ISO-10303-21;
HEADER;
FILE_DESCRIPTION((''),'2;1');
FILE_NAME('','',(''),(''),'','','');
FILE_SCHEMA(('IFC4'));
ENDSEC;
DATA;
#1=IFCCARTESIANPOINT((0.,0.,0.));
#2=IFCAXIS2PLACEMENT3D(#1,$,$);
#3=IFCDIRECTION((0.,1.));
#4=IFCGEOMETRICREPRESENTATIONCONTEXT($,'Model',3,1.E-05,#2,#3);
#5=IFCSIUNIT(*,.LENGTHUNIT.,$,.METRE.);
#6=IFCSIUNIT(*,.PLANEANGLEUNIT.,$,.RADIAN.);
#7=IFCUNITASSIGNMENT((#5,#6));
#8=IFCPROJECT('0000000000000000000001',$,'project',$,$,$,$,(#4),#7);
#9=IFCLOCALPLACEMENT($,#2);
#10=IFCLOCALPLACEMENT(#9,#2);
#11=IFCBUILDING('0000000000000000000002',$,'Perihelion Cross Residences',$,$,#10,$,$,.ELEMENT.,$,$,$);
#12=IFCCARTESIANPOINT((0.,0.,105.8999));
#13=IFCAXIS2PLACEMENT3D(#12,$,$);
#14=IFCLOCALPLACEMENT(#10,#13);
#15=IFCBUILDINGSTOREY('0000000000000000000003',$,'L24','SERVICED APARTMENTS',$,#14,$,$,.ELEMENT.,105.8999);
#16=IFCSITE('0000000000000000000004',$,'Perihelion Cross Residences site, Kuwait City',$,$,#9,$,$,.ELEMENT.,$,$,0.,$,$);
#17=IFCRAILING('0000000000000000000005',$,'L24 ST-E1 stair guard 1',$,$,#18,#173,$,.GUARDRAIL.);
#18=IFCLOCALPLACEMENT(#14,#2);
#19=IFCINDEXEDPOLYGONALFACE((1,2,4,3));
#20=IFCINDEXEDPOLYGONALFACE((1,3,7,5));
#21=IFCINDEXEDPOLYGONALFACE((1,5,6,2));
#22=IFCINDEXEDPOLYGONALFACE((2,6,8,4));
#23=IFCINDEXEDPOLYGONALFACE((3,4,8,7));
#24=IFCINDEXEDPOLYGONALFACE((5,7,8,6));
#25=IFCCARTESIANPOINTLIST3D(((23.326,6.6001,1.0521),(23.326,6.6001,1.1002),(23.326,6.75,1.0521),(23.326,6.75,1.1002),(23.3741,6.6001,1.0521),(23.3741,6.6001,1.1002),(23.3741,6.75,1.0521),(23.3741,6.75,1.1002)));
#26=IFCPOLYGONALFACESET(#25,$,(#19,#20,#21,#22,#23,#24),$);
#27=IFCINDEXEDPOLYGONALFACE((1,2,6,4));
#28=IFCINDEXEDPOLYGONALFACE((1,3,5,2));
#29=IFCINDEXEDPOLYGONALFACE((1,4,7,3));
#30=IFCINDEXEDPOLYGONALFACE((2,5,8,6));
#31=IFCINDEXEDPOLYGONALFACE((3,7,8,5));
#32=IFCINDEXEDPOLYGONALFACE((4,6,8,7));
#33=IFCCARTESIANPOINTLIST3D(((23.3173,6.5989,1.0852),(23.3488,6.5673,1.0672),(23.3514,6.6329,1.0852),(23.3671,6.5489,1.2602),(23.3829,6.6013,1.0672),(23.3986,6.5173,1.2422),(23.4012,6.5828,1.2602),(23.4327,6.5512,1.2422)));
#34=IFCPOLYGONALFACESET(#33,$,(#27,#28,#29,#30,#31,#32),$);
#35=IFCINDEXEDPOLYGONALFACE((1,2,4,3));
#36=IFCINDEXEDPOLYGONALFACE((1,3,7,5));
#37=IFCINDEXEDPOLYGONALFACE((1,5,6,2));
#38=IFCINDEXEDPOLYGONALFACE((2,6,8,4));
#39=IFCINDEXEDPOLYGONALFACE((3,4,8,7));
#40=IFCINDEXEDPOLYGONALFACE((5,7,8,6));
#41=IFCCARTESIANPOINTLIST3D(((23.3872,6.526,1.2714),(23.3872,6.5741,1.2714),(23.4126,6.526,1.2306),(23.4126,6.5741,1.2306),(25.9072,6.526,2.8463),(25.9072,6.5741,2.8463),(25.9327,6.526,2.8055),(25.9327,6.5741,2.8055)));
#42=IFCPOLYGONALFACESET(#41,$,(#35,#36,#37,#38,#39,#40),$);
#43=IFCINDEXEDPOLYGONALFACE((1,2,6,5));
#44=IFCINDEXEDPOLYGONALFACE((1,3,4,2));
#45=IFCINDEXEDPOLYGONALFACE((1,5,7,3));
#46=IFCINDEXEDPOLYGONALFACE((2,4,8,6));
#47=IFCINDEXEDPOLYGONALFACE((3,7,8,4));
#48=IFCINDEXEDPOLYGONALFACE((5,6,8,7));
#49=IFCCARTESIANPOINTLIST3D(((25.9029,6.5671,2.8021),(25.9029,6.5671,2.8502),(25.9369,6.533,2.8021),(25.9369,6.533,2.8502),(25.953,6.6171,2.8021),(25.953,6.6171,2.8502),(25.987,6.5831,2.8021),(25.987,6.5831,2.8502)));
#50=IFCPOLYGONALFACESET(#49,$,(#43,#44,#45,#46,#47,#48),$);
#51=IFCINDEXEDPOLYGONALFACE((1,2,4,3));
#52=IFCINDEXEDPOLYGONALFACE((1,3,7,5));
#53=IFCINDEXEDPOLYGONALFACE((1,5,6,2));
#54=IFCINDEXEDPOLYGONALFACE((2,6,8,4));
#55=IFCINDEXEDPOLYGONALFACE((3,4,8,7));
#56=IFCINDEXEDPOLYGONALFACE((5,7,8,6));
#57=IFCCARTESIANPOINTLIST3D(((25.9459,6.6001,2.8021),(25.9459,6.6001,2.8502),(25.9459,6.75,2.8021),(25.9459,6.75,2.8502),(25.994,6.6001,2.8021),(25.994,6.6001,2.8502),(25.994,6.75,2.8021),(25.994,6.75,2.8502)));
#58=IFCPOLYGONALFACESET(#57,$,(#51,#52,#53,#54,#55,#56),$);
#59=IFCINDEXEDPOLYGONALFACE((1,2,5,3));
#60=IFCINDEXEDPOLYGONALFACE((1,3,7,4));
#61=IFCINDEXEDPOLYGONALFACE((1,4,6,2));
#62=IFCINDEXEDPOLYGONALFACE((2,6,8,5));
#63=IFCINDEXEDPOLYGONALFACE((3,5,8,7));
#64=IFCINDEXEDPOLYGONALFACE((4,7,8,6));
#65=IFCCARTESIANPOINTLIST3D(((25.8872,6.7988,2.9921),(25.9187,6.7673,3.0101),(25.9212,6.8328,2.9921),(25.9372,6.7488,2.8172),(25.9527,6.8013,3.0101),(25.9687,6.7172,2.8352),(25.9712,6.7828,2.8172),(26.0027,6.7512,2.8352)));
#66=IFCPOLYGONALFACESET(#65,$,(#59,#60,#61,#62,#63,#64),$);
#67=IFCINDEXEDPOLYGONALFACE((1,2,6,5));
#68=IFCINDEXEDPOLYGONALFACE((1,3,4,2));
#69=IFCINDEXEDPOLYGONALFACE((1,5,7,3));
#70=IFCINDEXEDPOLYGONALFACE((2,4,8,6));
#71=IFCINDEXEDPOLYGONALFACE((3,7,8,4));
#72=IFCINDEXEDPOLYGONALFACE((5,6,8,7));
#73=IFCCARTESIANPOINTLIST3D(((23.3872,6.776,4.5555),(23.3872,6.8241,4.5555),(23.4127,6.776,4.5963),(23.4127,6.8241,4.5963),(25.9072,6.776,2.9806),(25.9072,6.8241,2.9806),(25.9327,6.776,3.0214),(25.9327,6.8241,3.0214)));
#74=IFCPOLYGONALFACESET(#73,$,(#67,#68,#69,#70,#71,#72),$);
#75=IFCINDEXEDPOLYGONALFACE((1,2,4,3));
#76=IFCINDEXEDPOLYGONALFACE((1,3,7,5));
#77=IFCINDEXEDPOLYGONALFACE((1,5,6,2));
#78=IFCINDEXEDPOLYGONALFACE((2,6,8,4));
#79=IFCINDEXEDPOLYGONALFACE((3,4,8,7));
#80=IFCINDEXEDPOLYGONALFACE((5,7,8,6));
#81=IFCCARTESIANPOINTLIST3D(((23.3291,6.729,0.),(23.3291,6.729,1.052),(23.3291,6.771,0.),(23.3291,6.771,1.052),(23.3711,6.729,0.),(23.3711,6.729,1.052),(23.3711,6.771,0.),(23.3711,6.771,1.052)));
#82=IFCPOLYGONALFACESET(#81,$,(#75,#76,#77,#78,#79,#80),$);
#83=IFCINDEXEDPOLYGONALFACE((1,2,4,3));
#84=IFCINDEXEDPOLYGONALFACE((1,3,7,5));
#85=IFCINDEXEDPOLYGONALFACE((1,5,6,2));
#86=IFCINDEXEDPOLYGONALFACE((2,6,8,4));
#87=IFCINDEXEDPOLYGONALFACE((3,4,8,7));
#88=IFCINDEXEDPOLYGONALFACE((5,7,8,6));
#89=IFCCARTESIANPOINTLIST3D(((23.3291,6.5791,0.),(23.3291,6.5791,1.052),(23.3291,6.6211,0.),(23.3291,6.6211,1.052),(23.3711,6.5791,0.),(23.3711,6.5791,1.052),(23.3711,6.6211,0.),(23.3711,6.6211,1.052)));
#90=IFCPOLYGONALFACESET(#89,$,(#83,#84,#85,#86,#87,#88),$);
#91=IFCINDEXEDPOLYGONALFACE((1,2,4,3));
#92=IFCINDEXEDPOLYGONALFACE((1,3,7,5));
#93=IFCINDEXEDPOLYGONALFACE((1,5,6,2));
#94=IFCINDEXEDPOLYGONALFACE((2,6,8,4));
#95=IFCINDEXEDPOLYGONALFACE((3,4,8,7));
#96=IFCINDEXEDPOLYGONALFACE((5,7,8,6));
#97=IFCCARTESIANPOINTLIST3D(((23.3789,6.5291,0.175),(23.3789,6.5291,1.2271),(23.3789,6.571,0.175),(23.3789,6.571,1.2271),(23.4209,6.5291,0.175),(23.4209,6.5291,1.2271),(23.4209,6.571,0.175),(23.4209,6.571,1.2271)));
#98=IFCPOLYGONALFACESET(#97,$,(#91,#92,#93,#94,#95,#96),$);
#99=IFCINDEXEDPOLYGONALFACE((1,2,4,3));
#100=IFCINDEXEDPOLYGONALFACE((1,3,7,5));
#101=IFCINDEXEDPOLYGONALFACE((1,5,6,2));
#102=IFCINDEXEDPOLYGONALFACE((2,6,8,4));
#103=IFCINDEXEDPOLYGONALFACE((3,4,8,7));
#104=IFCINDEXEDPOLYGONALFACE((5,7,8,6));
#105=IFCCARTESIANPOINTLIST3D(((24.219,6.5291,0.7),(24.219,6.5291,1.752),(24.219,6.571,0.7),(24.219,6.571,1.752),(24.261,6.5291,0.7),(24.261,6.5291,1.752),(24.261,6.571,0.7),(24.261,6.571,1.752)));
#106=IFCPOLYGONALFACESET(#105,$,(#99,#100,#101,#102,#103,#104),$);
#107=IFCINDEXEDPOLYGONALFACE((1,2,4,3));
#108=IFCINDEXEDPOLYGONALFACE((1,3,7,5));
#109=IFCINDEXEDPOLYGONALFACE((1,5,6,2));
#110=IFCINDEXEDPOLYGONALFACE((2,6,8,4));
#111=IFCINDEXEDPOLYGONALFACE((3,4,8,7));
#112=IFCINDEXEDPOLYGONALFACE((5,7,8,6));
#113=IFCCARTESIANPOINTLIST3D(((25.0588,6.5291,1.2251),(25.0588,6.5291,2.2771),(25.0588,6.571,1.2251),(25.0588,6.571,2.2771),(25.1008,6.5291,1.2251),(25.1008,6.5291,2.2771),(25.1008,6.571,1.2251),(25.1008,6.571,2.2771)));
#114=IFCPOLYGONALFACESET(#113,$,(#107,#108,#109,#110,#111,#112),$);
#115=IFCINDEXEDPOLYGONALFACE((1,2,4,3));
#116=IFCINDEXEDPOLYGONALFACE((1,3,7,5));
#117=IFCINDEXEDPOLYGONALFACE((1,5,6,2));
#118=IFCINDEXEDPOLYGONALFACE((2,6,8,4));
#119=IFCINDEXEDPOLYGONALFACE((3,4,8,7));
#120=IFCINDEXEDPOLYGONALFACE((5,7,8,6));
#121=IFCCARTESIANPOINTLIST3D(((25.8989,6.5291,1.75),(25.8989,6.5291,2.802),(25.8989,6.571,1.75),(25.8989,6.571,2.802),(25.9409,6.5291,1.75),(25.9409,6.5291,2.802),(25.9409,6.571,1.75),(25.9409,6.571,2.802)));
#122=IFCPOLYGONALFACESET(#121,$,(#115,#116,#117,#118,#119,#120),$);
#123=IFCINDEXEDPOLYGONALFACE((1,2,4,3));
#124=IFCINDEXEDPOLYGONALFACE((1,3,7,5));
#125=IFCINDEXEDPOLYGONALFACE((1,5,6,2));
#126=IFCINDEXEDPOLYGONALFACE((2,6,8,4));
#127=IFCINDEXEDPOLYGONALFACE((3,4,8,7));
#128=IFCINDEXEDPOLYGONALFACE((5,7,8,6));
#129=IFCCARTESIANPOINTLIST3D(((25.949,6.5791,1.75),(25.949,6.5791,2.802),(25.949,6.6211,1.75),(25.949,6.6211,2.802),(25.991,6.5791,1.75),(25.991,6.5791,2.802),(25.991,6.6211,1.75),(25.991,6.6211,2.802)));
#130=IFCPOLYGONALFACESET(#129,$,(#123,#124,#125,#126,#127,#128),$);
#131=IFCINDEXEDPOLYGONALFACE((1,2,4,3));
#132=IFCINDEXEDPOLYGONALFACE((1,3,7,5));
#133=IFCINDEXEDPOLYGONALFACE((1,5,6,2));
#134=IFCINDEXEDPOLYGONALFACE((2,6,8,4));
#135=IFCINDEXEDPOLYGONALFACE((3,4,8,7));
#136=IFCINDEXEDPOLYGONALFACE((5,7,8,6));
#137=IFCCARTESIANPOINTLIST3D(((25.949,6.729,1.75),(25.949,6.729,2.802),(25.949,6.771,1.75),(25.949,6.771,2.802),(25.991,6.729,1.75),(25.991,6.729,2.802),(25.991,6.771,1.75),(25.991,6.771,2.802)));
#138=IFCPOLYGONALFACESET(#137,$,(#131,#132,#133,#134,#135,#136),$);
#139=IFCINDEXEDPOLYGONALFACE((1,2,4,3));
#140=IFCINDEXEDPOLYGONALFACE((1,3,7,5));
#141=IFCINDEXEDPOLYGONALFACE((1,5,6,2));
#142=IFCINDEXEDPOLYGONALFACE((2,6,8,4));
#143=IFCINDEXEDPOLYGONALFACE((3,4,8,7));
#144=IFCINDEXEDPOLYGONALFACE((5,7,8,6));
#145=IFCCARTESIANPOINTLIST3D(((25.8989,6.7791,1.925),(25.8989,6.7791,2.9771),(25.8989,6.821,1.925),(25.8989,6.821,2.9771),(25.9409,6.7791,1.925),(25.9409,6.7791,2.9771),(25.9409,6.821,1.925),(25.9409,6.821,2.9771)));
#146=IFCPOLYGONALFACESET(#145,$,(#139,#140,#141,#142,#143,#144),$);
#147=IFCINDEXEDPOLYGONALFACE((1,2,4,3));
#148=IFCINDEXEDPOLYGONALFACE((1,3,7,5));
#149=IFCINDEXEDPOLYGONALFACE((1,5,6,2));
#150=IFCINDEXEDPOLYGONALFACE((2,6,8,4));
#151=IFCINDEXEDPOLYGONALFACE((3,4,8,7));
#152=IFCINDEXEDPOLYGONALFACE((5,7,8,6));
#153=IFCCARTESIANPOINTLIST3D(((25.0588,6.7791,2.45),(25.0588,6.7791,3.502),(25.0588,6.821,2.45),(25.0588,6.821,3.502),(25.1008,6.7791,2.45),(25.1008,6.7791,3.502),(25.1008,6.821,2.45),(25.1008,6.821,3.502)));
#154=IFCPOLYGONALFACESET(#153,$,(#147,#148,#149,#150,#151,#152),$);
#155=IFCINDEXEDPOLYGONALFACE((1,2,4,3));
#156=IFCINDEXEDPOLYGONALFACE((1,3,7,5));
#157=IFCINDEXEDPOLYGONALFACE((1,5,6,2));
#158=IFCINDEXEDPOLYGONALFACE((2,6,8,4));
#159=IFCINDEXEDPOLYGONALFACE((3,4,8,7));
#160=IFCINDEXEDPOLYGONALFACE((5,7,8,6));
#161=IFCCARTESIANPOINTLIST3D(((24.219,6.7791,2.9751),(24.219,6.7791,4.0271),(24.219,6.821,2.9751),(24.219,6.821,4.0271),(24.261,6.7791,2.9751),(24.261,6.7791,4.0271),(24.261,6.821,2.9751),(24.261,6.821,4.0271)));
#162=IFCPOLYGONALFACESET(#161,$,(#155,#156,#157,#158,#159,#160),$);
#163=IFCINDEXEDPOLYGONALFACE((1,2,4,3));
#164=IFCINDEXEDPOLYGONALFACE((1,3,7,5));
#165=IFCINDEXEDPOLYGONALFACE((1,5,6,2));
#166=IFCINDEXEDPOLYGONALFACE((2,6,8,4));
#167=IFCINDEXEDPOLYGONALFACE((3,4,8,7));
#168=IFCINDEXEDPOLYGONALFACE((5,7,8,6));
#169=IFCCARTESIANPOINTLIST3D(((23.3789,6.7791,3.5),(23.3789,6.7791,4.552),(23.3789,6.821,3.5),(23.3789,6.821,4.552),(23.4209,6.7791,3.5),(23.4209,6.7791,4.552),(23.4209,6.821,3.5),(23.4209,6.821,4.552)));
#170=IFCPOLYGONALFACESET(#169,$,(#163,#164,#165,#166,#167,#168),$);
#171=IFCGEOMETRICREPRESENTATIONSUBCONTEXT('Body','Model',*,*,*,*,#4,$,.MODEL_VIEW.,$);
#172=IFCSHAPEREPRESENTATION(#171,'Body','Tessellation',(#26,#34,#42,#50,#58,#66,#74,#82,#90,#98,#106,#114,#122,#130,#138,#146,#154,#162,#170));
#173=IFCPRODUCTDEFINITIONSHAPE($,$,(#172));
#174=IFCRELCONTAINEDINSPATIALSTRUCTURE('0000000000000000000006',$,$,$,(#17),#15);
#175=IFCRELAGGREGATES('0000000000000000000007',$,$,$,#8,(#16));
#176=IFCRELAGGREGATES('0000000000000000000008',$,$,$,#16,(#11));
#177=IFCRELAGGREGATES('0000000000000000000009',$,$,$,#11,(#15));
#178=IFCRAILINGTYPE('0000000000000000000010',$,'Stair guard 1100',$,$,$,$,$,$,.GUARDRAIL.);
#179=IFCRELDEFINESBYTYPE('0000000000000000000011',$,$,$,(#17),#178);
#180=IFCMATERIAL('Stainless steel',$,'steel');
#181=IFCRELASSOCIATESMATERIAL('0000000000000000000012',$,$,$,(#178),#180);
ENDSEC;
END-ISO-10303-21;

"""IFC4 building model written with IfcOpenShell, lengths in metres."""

from ifc_helpers import new_model, si_unit, direction, frame, origin, origin_2d, place, context, subcontext, project, spatial, rectangle, extrude, material, type_object, element, save


model = new_model("IFC4")

# Units and contexts
model_context = context("Model", 3, precision=1e-05, world=origin(), true_north=direction((0.0, 1.0)))
body_context = subcontext(model_context, "Body", "Model", "MODEL_VIEW")
ifc_project = project(units=[si_unit("LENGTHUNIT", "METRE"), si_unit("PLANEANGLEUNIT", "RADIAN")], contexts=[model_context])

# Site, building, storey
site_placement = place(None, origin())
site = spatial("IfcSite", under=ifc_project, at=site_placement, Name="Perihelion Cross Residences site, Kuwait City", CompositionType="ELEMENT", RefElevation=0.0)
building_placement = place(site_placement, origin())
building = spatial("IfcBuilding", under=site, at=building_placement, Name="Perihelion Cross Residences", CompositionType="ELEMENT")
storey_placement = place(building_placement, frame((0.0, 0.0, 105.8999)))
storey = spatial("IfcBuildingStorey", under=building, at=storey_placement, Name="L24", Description="SERVICED APARTMENTS", CompositionType="ELEMENT", Elevation=105.8999)

# Railing
ifc_material_1 = material(Name="Stainless steel", Category="steel")
railing_type_1 = type_object("IfcRailingType", Name="Stair guard 1100", PredefinedType="GUARDRAIL", material=ifc_material_1)
railing_1_placement = place(storey_placement, frame((23.3501, 6.75, 0.0)))
element("IfcRailing", 1, at=railing_1_placement, inside=storey, type_object=railing_type_1, Name="L24 ST-E1 stair guard 1", PredefinedType="GUARDRAIL", context=body_context, shape_type="SweptSolid", body=[
    extrude(rectangle(XDim=0.0481, YDim=0.0481, at=origin_2d()), frame((0.0, 0.0, 1.0762), z_axis=(0.0, -1.0, 0.0), x_axis=(1.0, 0.0, 0.0)), (0.0, 0.0, 1.0), 0.1499),
    extrude(rectangle(XDim=0.0481, YDim=0.0481, at=origin_2d()), frame((0.0, -0.1499, 1.0762), z_axis=(0.263862, -0.265156, 0.927399), x_axis=(0.708834, 0.705376, 0.0)), (0.0, 0.0, 1.0), 0.1887),
    extrude(rectangle(XDim=0.0481, YDim=0.0481, at=origin_2d()), frame((0.0498, -0.2, 1.251), z_axis=(0.848008, 0.0, 0.529984), x_axis=(0.0, 1.0, 0.0)), (0.0, 0.0, 1.0), 2.9717),
    extrude(rectangle(XDim=0.0481, YDim=0.0481, at=origin_2d()), frame((2.5698, -0.2, 2.8262), z_axis=(0.707107, 0.707107, 0.0), x_axis=(-0.707107, 0.707107, 0.0)), (0.0, 0.0, 1.0), 0.0708),
    extrude(rectangle(XDim=0.0481, YDim=0.0481, at=origin_2d()), frame((2.6199, -0.1499, 2.8262), z_axis=(0.0, 1.0, 0.0), x_axis=(-1.0, 0.0, 0.0)), (0.0, 0.0, 1.0), 0.1499),
    extrude(rectangle(XDim=0.0481, YDim=0.0481, at=origin_2d()), frame((2.6199, 0.0, 2.8262), z_axis=(-0.265065, 0.265065, 0.927082), x_axis=(-0.707107, -0.707107, 0.0)), (0.0, 0.0, 1.0), 0.1887),
    extrude(rectangle(XDim=0.0481, YDim=0.0481, at=origin_2d()), frame((2.5698, 0.05, 3.001), z_axis=(-0.848008, 0.0, 0.529984), x_axis=(0.0, -1.0, 0.0)), (0.0, 0.0, 1.0), 2.9717),
    extrude(rectangle(XDim=0.042, YDim=0.042, at=origin_2d()), origin(), (0.0, 0.0, 1.0), 1.052),
    extrude(rectangle(XDim=0.042, YDim=0.042, at=origin_2d()), frame((0.0, -0.1499, 0.0)), (0.0, 0.0, 1.0), 1.052),
    extrude(rectangle(XDim=0.042, YDim=0.042, at=origin_2d()), frame((0.0498, -0.2, 0.175)), (0.0, 0.0, 1.0), 1.052),
    extrude(rectangle(XDim=0.042, YDim=0.042, at=origin_2d()), frame((0.8899, -0.2, 0.7)), (0.0, 0.0, 1.0), 1.052),
    extrude(rectangle(XDim=0.042, YDim=0.042, at=origin_2d()), frame((1.7297, -0.2, 1.2251)), (0.0, 0.0, 1.0), 1.052),
    extrude(rectangle(XDim=0.042, YDim=0.042, at=origin_2d()), frame((2.5698, -0.2, 1.75)), (0.0, 0.0, 1.0), 1.052),
    extrude(rectangle(XDim=0.042, YDim=0.042, at=origin_2d()), frame((2.6199, -0.1499, 1.75)), (0.0, 0.0, 1.0), 1.052),
    extrude(rectangle(XDim=0.042, YDim=0.042, at=origin_2d()), frame((2.6199, 0.0, 1.75)), (0.0, 0.0, 1.0), 1.052),
    extrude(rectangle(XDim=0.042, YDim=0.042, at=origin_2d()), frame((2.5698, 0.05, 1.925)), (0.0, 0.0, 1.0), 1.052),
    extrude(rectangle(XDim=0.042, YDim=0.042, at=origin_2d()), frame((1.7297, 0.05, 2.45)), (0.0, 0.0, 1.0), 1.052),
    extrude(rectangle(XDim=0.042, YDim=0.042, at=origin_2d()), frame((0.8899, 0.05, 2.9751)), (0.0, 0.0, 1.0), 1.052),
    extrude(rectangle(XDim=0.042, YDim=0.042, at=origin_2d()), frame((0.0498, 0.05, 3.5)), (0.0, 0.0, 1.0), 1.052),
])

save(model, "model.ifc")
